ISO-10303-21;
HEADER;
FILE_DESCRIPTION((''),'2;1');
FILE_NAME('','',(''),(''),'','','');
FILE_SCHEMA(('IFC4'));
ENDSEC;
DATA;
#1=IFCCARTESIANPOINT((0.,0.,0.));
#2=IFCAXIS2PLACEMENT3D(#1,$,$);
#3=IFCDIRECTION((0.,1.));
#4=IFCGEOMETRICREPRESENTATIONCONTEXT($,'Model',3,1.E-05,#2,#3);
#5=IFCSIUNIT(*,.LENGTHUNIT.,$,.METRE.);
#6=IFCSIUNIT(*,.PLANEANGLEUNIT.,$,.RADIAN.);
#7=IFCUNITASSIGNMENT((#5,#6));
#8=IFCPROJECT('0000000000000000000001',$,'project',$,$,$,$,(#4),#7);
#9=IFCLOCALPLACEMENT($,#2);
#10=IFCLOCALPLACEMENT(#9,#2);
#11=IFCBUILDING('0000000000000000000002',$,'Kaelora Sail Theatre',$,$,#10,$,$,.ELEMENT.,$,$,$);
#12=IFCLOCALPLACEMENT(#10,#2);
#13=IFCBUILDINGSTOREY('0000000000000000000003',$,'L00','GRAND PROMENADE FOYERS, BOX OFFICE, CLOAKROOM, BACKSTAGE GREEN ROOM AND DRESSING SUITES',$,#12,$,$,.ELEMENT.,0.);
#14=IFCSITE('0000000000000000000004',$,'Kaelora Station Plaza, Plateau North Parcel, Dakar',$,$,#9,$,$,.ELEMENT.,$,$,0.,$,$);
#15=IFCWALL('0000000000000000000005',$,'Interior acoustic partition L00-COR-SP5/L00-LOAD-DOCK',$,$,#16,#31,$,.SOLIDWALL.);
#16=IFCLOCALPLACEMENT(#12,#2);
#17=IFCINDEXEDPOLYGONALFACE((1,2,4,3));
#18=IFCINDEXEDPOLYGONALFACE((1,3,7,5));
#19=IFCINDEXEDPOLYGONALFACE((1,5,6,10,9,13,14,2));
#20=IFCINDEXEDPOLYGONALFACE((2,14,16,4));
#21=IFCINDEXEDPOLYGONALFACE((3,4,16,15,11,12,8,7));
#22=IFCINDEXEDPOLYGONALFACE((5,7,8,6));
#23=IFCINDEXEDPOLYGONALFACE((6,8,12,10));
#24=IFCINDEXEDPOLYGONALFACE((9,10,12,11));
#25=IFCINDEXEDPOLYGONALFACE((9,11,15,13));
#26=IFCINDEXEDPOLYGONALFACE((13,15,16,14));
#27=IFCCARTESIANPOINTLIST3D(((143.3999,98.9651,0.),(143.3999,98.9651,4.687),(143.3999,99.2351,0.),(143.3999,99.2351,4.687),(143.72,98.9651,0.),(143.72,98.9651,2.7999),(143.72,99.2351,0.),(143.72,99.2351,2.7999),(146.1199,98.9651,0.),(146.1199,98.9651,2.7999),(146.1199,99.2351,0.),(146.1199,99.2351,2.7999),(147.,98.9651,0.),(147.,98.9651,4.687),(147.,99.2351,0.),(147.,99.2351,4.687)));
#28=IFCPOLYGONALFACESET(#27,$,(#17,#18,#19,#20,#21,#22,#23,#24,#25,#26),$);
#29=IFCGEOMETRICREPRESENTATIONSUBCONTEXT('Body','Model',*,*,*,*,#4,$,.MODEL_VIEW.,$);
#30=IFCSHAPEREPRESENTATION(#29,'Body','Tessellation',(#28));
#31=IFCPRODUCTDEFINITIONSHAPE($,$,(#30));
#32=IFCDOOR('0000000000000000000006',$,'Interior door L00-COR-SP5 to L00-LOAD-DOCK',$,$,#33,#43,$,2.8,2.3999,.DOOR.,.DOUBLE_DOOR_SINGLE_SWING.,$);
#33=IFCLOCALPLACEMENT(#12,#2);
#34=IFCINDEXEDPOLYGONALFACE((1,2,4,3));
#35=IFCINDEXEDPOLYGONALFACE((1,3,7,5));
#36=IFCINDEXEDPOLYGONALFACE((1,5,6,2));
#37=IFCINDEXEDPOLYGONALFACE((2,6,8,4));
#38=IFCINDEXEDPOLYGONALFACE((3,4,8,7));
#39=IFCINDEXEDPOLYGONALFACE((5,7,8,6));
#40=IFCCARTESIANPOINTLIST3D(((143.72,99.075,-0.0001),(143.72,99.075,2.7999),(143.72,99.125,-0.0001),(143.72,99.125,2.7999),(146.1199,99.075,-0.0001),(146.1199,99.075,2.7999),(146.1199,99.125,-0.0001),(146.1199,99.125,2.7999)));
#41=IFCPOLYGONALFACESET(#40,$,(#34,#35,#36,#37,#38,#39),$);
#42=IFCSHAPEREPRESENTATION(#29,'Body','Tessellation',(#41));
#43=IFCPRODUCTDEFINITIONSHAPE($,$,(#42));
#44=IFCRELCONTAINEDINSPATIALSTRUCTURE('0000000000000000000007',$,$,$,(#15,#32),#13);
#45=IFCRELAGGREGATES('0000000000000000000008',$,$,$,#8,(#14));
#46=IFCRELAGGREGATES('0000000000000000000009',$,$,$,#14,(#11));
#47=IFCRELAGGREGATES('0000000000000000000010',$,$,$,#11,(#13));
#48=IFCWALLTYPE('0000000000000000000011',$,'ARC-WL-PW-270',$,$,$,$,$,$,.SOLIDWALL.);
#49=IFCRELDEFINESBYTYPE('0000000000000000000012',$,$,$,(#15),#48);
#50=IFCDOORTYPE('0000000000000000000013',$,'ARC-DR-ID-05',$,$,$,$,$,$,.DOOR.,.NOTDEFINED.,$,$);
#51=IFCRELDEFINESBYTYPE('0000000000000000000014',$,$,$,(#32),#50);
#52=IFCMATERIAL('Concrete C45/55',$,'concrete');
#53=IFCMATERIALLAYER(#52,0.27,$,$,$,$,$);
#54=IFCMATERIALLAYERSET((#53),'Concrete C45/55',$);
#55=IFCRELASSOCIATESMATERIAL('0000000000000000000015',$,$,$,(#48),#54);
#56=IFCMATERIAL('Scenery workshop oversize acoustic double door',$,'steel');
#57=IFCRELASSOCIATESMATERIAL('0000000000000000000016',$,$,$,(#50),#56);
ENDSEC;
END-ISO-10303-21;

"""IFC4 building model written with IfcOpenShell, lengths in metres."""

from ifc_helpers import new_model, si_unit, direction, frame, frame_2d, origin, place, context, subcontext, project, spatial, rectangle, extrude, material, layer, layer_set, type_object, element, fill, save


model = new_model("IFC4")

# Units and contexts
model_context = context("Model", 3, precision=1e-05, world=origin(), true_north=direction((0.0, 1.0)))
body_context = subcontext(model_context, "Body", "Model", "MODEL_VIEW")
ifc_project = project(units=[si_unit("LENGTHUNIT", "METRE"), si_unit("PLANEANGLEUNIT", "RADIAN")], contexts=[model_context])

# Site, building, storey
site_placement = place(None, origin())
site = spatial("IfcSite", under=ifc_project, at=site_placement, Name="Kaelora Station Plaza, Plateau North Parcel, Dakar", CompositionType="ELEMENT", RefElevation=0.0)
building_placement = place(site_placement, origin())
building = spatial("IfcBuilding", under=site, at=building_placement, Name="Kaelora Sail Theatre", CompositionType="ELEMENT")
storey_placement = place(building_placement, origin())
storey = spatial("IfcBuildingStorey", under=building, at=storey_placement, Name="L00", Description="GRAND PROMENADE FOYERS, BOX OFFICE, CLOAKROOM, BACKSTAGE GREEN ROOM AND DRESSING SUITES", CompositionType="ELEMENT", Elevation=0.0)

# Wall, opening, door
ifc_material_1 = material(Name="Concrete C45/55", Category="concrete")
ifc_layer_1 = layer(ifc_material_1, 0.27)
ifc_layer_set_1 = layer_set([ifc_layer_1], Name="Concrete C45/55")
wall_type_1 = type_object("IfcWallType", Name="ARC-WL-PW-270", PredefinedType="SOLIDWALL", material=ifc_layer_set_1)
wall_1_placement = place(storey_placement, frame((143.3999, 99.1001, 0.0), z_axis=(0.0, 0.0, 1.0), x_axis=(1.0, 0.0, 0.0)))
wall_1 = element("IfcWall", 1, at=wall_1_placement, inside=storey, type_object=wall_type_1, Name="Interior acoustic partition L00-COR-SP5/L00-LOAD-DOCK", PredefinedType="SOLIDWALL", context=body_context, shape_type="SweptSolid", body=[
    extrude(rectangle(XDim=3.6001, YDim=0.27, at=frame_2d((1.8, 0.0))), origin(), (0.0, 0.0, 1.0), 4.687),
])
opening_1_placement = place(wall_1_placement, frame((0.3201, 0.0, 0.0)))
opening_1 = element("IfcOpeningElement", 2, at=opening_1_placement, cuts=wall_1, PredefinedType="OPENING", context=body_context, shape_type="SweptSolid", body=[
    extrude(rectangle(XDim=2.3999, YDim=2.8, at=frame_2d((1.2, 1.3999))), frame((0.0, 0.145, 0.0), z_axis=(0.0, -1.0, 0.0), x_axis=(1.0, 0.0, 0.0)), (0.0, 0.0, 1.0), 0.29),
])
ifc_material_2 = material(Name="Scenery workshop oversize acoustic double door", Category="steel")
door_type = type_object("IfcDoorType", Name="ARC-DR-ID-05", OperationType="NOTDEFINED", PredefinedType="DOOR", material=ifc_material_2)
door_placement = place(opening_1_placement, origin())
door = element("IfcDoor", 3, at=door_placement, inside=storey, type_object=door_type, Name="Interior door L00-COR-SP5 to L00-LOAD-DOCK", OperationType="DOUBLE_DOOR_SINGLE_SWING", OverallHeight=2.8, OverallWidth=2.3999, PredefinedType="DOOR", context=body_context, shape_type="SweptSolid", body=[
    extrude(rectangle(XDim=2.3999, YDim=2.8, at=frame_2d((1.2, 1.3999))), frame((0.0, 0.0249, 0.0), z_axis=(0.0, -1.0, 0.0), x_axis=(1.0, 0.0, 0.0)), (0.0, 0.0, 1.0), 0.05),
])
fill(opening_1, door)

save(model, "model.ifc")
